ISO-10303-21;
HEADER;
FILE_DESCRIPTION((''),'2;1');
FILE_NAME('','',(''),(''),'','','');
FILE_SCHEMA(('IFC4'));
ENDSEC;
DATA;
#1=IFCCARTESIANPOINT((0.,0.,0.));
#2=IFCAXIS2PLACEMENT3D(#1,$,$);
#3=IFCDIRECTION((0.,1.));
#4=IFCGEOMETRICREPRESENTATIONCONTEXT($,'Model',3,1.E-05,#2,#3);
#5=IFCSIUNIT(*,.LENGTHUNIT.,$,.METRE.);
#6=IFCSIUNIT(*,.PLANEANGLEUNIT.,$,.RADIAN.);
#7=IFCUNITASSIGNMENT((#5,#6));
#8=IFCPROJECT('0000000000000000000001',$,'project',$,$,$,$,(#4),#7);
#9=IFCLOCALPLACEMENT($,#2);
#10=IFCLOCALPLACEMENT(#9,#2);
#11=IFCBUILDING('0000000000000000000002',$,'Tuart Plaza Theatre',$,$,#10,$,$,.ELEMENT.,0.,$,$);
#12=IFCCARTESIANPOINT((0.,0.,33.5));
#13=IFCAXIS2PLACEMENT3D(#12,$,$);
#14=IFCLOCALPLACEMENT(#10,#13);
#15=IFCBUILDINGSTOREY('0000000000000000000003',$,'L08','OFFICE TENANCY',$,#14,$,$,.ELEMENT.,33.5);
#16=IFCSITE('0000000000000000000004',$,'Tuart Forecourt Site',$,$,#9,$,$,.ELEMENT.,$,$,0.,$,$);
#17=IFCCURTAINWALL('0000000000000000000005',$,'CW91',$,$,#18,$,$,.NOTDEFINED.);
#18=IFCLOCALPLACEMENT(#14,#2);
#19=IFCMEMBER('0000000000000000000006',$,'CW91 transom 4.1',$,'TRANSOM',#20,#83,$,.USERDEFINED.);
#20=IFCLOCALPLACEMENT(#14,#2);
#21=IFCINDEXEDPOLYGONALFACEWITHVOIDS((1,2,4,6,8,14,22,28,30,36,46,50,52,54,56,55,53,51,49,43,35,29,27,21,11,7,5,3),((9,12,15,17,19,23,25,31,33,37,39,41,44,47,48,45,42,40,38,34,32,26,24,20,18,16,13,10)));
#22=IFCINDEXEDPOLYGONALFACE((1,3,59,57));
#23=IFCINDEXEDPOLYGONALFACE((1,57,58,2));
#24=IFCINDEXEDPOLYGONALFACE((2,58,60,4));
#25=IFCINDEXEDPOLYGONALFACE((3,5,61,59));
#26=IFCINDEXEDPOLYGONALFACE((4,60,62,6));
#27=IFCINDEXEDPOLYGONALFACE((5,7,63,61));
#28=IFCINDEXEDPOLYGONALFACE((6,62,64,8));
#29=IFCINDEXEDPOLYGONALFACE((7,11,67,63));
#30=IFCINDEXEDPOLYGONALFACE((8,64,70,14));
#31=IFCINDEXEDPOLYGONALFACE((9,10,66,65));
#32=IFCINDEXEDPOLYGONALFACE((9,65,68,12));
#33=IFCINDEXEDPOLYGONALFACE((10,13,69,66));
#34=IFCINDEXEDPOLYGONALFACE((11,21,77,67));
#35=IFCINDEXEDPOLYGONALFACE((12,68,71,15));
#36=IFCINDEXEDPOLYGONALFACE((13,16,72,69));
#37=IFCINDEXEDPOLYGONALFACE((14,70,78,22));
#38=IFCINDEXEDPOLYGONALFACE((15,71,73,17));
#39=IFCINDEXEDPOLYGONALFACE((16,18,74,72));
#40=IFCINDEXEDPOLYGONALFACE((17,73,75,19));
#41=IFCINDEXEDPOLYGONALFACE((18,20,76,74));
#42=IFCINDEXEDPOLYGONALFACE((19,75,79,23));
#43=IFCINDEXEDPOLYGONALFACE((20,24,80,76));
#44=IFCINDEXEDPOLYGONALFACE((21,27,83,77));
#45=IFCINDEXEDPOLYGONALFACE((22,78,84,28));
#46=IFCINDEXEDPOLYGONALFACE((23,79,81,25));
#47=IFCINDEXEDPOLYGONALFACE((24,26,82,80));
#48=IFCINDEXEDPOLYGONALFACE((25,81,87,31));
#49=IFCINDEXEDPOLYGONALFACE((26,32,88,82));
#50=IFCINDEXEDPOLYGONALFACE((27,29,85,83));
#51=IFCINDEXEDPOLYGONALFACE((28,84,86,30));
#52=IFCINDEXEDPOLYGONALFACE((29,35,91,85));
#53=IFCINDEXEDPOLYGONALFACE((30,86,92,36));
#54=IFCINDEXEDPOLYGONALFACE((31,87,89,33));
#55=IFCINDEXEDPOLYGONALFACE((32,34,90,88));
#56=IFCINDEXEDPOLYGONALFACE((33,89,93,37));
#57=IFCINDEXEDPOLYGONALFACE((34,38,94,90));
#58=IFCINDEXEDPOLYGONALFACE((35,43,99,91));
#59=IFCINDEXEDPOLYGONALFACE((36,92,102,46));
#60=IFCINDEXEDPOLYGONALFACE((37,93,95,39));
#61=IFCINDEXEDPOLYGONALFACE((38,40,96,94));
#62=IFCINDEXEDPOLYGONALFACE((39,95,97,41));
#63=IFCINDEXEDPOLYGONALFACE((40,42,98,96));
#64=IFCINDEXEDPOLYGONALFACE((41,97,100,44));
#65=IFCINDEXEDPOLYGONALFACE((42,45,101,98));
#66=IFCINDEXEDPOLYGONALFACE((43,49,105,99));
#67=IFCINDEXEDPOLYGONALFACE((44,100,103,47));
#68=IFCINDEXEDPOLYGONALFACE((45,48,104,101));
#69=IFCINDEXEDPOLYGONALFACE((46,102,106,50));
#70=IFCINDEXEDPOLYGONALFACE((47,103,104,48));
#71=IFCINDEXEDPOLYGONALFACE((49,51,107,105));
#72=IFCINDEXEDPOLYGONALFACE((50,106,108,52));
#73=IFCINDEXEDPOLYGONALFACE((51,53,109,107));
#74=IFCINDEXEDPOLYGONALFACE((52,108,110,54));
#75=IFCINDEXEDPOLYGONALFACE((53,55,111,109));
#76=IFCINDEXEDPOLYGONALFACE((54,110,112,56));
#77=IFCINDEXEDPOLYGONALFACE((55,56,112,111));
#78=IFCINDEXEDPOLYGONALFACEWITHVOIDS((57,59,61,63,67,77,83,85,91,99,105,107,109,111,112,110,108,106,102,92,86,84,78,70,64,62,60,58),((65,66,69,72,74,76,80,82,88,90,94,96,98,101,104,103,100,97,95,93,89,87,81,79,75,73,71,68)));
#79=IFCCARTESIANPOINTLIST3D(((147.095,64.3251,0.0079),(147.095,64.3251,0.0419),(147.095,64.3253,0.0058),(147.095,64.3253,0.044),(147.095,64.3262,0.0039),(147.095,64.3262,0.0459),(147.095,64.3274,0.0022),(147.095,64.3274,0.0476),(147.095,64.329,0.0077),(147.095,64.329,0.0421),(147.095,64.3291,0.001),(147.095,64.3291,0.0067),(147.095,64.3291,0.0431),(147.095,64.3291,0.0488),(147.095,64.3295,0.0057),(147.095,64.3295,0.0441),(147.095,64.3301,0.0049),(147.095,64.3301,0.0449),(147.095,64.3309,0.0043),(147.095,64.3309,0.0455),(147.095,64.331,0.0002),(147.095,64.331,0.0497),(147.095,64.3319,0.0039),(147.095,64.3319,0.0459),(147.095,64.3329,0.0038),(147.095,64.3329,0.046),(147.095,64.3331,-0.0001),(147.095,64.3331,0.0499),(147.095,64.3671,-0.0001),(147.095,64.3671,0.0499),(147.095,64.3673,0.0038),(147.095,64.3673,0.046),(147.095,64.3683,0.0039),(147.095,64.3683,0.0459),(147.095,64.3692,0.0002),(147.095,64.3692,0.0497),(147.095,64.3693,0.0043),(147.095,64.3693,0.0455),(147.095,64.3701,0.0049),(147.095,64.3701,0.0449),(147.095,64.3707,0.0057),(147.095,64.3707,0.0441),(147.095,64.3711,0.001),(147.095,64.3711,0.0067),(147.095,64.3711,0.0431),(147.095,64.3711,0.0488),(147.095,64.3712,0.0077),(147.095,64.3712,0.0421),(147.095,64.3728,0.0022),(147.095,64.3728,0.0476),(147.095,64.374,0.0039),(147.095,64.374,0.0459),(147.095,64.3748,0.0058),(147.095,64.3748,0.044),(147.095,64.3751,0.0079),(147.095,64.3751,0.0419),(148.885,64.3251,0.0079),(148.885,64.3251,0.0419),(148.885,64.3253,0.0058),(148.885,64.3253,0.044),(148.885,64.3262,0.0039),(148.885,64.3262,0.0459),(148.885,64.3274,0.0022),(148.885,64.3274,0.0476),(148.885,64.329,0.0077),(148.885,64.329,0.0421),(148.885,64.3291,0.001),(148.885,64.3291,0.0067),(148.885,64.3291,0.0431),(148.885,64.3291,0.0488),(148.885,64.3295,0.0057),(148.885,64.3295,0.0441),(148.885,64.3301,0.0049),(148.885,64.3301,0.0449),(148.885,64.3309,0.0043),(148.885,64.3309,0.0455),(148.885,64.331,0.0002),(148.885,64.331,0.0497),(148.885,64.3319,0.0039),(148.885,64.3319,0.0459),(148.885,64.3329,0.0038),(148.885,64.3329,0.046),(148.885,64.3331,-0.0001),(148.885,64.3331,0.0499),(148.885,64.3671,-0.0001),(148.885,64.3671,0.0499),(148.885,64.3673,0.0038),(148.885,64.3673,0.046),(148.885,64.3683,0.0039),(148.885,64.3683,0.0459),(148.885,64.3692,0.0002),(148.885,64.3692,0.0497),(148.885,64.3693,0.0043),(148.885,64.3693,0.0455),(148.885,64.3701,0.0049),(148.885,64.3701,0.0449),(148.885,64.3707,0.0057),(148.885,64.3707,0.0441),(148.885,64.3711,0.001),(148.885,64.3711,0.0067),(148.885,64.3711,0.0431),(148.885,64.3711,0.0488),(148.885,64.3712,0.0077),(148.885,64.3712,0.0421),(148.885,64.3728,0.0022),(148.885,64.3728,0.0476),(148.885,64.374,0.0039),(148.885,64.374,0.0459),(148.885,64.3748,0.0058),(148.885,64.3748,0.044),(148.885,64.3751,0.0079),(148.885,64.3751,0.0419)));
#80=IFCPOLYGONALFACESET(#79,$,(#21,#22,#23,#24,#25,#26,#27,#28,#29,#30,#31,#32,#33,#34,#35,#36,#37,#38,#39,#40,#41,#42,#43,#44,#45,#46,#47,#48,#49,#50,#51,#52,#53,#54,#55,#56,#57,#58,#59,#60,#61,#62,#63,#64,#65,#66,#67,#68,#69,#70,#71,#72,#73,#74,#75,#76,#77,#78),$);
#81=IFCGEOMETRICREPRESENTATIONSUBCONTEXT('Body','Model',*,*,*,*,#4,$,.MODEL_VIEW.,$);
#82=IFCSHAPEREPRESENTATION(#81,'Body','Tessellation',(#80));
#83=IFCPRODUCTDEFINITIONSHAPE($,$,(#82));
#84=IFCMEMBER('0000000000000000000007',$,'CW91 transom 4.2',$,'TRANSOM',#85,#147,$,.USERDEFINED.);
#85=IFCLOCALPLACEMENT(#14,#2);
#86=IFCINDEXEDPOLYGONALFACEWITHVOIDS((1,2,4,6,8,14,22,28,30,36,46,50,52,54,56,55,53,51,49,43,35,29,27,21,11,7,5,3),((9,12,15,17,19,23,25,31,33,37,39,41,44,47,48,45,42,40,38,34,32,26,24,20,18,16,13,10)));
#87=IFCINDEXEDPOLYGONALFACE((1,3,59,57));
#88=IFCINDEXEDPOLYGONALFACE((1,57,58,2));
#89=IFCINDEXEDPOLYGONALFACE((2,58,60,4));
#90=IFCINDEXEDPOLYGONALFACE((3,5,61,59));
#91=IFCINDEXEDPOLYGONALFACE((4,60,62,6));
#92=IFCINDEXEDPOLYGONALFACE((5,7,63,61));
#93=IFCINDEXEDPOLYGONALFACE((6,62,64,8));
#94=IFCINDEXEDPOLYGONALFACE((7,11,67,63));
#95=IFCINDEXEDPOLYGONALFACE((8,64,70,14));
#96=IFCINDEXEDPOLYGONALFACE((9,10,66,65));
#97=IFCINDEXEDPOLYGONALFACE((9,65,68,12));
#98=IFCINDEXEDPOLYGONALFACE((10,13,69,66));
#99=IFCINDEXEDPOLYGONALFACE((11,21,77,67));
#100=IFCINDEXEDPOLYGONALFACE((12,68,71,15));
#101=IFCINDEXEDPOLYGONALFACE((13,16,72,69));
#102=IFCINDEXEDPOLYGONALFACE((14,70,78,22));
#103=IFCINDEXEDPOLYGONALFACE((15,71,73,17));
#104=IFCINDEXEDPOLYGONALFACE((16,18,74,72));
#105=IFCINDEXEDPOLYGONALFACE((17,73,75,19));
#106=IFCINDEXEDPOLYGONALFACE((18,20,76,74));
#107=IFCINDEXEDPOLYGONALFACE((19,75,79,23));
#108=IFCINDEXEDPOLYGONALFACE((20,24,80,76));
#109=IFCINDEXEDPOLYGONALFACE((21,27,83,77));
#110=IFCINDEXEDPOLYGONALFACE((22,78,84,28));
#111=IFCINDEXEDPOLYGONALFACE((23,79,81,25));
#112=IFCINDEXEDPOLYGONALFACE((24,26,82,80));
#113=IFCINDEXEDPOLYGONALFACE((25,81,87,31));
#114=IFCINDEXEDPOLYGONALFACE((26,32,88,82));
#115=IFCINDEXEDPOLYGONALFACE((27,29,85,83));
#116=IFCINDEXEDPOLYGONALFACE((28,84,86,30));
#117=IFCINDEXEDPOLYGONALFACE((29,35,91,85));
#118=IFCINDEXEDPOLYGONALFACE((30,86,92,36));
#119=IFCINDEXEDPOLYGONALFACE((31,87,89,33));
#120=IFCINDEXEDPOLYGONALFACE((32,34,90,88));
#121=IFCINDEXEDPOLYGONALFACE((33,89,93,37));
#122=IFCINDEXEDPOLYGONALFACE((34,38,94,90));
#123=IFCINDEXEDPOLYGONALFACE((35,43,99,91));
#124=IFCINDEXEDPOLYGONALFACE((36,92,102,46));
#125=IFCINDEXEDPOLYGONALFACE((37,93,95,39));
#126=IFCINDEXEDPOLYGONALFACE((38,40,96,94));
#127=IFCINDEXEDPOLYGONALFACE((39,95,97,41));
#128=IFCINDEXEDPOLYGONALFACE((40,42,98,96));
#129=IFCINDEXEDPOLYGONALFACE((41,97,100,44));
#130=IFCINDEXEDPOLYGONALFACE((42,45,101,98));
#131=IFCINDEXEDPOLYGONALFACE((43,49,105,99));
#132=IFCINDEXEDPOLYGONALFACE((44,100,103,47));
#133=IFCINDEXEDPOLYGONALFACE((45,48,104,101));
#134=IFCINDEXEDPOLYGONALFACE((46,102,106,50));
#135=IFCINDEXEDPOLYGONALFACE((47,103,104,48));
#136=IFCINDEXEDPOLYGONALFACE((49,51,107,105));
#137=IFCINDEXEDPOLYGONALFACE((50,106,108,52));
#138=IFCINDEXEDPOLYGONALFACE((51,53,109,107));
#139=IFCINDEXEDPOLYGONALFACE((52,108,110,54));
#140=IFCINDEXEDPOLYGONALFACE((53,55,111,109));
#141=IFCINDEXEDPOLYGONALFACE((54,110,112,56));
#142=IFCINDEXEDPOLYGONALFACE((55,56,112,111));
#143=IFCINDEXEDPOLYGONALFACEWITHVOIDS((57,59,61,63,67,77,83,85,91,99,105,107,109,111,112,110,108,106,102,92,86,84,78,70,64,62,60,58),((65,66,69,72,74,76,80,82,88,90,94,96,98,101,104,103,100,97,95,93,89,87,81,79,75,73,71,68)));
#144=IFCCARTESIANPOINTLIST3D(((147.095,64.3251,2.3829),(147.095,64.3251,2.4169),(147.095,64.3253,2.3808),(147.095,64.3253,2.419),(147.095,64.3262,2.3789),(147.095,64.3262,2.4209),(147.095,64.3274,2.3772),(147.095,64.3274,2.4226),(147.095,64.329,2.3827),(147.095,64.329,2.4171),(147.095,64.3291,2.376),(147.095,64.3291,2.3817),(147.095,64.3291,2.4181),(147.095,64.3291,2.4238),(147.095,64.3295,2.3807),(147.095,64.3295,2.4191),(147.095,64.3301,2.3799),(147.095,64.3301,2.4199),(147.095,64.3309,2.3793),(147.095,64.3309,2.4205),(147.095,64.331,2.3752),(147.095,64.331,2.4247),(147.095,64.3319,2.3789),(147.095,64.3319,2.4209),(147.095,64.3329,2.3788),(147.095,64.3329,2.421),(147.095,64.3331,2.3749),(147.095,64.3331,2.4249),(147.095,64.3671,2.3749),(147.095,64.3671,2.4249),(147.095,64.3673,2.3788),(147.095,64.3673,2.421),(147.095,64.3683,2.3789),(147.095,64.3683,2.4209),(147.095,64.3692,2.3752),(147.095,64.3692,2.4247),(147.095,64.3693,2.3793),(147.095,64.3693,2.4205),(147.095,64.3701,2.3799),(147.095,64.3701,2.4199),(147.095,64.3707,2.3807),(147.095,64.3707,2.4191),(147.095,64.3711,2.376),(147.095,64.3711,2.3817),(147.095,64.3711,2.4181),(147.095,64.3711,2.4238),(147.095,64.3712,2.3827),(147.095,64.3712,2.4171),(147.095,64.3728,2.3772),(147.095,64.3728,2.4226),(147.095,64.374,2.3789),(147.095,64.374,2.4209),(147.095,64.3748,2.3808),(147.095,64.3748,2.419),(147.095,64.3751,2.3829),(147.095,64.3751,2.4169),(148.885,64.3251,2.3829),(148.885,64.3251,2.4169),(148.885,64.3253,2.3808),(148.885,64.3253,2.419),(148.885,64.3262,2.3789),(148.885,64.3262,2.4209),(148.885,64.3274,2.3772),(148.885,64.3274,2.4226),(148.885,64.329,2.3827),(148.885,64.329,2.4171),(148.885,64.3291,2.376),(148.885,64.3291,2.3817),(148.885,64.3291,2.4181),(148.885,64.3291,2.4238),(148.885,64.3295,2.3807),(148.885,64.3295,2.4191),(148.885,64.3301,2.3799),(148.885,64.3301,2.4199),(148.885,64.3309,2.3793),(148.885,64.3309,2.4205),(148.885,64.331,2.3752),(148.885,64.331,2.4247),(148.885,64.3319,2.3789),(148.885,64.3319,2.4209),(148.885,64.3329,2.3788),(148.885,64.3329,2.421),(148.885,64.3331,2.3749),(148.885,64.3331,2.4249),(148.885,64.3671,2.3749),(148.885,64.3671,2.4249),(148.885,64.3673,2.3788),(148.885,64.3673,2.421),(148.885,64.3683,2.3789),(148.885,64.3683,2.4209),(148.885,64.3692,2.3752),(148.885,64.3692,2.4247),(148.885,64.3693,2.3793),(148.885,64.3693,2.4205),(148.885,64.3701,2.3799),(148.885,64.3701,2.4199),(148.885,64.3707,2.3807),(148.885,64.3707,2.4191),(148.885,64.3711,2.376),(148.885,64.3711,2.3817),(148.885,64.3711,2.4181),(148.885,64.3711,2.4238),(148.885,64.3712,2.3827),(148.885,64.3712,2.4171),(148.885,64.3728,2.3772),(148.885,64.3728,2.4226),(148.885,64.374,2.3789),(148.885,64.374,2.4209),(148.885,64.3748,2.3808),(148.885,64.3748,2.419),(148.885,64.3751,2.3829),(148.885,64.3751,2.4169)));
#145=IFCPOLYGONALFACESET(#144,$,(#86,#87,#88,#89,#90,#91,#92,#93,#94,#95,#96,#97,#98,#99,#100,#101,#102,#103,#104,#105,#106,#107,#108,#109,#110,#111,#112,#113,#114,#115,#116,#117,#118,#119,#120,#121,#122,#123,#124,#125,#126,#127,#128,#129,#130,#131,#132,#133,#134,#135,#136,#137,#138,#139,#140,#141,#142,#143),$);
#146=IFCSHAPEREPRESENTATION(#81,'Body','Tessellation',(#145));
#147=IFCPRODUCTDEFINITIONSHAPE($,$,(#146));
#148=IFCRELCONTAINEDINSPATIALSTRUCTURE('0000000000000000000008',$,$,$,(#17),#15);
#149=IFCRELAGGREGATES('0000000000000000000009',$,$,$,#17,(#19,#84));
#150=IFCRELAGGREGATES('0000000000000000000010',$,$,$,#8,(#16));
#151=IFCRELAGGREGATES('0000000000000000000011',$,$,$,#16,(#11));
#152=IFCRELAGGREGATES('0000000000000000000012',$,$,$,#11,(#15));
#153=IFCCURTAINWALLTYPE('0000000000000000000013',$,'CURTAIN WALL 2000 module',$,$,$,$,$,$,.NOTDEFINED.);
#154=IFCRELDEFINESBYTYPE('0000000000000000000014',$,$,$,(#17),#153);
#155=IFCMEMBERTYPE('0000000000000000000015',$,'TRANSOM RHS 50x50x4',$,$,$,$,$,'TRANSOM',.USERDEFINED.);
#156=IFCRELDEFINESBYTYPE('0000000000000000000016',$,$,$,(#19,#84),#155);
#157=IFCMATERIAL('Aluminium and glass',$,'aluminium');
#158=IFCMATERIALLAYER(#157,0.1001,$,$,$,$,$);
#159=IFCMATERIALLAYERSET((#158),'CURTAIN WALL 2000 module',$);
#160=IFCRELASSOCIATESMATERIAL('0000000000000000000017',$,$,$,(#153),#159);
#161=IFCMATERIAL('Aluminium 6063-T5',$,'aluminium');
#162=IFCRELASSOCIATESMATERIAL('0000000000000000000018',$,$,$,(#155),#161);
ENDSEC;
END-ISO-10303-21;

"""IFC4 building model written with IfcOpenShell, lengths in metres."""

from ifc_helpers import new_model, si_unit, direction, frame, origin, origin_2d, place, context, subcontext, project, spatial, hollow_rectangle, extrude, material, layer, layer_set, material_profile, profile_set, type_object, element, aggregate, save


model = new_model("IFC4")

# Units and contexts
model_context = context("Model", 3, precision=1e-05, world=origin(), true_north=direction((0.0, 1.0)))
body_context = subcontext(model_context, "Body", "Model", "MODEL_VIEW")
ifc_project = project(units=[si_unit("LENGTHUNIT", "METRE"), si_unit("PLANEANGLEUNIT", "RADIAN")], contexts=[model_context])

# Site, building, storey
site_placement = place(None, origin())
site = spatial("IfcSite", under=ifc_project, at=site_placement, Name="Tuart Forecourt Site", CompositionType="ELEMENT", RefElevation=0.0)
building_placement = place(site_placement, origin())
building = spatial("IfcBuilding", under=site, at=building_placement, Name="Tuart Plaza Theatre", CompositionType="ELEMENT", ElevationOfRefHeight=0.0)
storey_placement = place(building_placement, frame((0.0, 0.0, 33.5)))
storey = spatial("IfcBuildingStorey", under=building, at=storey_placement, Name="L08", Description="OFFICE TENANCY", CompositionType="ELEMENT", Elevation=33.5)

# Curtain wall
ifc_material_1 = material(Name="Aluminium and glass", Category="aluminium")
ifc_layer_1 = layer(ifc_material_1, 0.1001)
ifc_layer_set_1 = layer_set([ifc_layer_1], Name="CURTAIN WALL 2000 module")
curtain_wall_type = type_object("IfcCurtainWallType", Name="CURTAIN WALL 2000 module", PredefinedType="NOTDEFINED", material=ifc_layer_set_1)
curtain_wall_1_placement = place(storey_placement, origin())
curtain_wall_1 = element("IfcCurtainWall", 1, at=curtain_wall_1_placement, inside=storey, type_object=curtain_wall_type, Name="CW91", PredefinedType="NOTDEFINED")

# Members
ifc_material_2 = material(Name="Aluminium 6063-T5", Category="aluminium")
ifc_material_profile_1 = material_profile(ifc_material_2, hollow_rectangle(XDim=0.05, YDim=0.05, WallThickness=0.0039, InnerFilletRadius=0.0039, OuterFilletRadius=0.0081, at=origin_2d()), Name="RHS 50x50x4")
ifc_profile_set_1 = profile_set([ifc_material_profile_1], Name="Aluminium 6063-T5")
member_type_1 = type_object("IfcMemberType", Name="TRANSOM RHS 50x50x4", ElementType="TRANSOM", PredefinedType="USERDEFINED", material=ifc_profile_set_1)
member_1_placement = place(storey_placement, frame((147.095, 64.3501, 0.0249), z_axis=(1.0, 0.0, 0.0), x_axis=(0.0, 1.0, 0.0)))
member_1 = element("IfcMember", 2, at=member_1_placement, type_object=member_type_1, Name="CW91 transom 4.1", ObjectType="TRANSOM", PredefinedType="USERDEFINED", context=body_context, shape_type="SweptSolid", body=[
    extrude(hollow_rectangle(XDim=0.05, YDim=0.05, WallThickness=0.0039, InnerFilletRadius=0.0039, OuterFilletRadius=0.0081, at=origin_2d()), origin(), (0.0, 0.0, 1.0), 1.79),
])
member_2_placement = place(storey_placement, frame((147.095, 64.3501, 2.3999), z_axis=(1.0, 0.0, 0.0), x_axis=(0.0, 1.0, 0.0)))
member_2 = element("IfcMember", 3, at=member_2_placement, type_object=member_type_1, Name="CW91 transom 4.2", ObjectType="TRANSOM", PredefinedType="USERDEFINED", context=body_context, shape_type="SweptSolid", body=[
    extrude(hollow_rectangle(XDim=0.05, YDim=0.05, WallThickness=0.0039, InnerFilletRadius=0.0039, OuterFilletRadius=0.0081, at=origin_2d()), origin(), (0.0, 0.0, 1.0), 1.79),
])

aggregate(curtain_wall_1, [member_1, member_2])

save(model, "model.ifc")
